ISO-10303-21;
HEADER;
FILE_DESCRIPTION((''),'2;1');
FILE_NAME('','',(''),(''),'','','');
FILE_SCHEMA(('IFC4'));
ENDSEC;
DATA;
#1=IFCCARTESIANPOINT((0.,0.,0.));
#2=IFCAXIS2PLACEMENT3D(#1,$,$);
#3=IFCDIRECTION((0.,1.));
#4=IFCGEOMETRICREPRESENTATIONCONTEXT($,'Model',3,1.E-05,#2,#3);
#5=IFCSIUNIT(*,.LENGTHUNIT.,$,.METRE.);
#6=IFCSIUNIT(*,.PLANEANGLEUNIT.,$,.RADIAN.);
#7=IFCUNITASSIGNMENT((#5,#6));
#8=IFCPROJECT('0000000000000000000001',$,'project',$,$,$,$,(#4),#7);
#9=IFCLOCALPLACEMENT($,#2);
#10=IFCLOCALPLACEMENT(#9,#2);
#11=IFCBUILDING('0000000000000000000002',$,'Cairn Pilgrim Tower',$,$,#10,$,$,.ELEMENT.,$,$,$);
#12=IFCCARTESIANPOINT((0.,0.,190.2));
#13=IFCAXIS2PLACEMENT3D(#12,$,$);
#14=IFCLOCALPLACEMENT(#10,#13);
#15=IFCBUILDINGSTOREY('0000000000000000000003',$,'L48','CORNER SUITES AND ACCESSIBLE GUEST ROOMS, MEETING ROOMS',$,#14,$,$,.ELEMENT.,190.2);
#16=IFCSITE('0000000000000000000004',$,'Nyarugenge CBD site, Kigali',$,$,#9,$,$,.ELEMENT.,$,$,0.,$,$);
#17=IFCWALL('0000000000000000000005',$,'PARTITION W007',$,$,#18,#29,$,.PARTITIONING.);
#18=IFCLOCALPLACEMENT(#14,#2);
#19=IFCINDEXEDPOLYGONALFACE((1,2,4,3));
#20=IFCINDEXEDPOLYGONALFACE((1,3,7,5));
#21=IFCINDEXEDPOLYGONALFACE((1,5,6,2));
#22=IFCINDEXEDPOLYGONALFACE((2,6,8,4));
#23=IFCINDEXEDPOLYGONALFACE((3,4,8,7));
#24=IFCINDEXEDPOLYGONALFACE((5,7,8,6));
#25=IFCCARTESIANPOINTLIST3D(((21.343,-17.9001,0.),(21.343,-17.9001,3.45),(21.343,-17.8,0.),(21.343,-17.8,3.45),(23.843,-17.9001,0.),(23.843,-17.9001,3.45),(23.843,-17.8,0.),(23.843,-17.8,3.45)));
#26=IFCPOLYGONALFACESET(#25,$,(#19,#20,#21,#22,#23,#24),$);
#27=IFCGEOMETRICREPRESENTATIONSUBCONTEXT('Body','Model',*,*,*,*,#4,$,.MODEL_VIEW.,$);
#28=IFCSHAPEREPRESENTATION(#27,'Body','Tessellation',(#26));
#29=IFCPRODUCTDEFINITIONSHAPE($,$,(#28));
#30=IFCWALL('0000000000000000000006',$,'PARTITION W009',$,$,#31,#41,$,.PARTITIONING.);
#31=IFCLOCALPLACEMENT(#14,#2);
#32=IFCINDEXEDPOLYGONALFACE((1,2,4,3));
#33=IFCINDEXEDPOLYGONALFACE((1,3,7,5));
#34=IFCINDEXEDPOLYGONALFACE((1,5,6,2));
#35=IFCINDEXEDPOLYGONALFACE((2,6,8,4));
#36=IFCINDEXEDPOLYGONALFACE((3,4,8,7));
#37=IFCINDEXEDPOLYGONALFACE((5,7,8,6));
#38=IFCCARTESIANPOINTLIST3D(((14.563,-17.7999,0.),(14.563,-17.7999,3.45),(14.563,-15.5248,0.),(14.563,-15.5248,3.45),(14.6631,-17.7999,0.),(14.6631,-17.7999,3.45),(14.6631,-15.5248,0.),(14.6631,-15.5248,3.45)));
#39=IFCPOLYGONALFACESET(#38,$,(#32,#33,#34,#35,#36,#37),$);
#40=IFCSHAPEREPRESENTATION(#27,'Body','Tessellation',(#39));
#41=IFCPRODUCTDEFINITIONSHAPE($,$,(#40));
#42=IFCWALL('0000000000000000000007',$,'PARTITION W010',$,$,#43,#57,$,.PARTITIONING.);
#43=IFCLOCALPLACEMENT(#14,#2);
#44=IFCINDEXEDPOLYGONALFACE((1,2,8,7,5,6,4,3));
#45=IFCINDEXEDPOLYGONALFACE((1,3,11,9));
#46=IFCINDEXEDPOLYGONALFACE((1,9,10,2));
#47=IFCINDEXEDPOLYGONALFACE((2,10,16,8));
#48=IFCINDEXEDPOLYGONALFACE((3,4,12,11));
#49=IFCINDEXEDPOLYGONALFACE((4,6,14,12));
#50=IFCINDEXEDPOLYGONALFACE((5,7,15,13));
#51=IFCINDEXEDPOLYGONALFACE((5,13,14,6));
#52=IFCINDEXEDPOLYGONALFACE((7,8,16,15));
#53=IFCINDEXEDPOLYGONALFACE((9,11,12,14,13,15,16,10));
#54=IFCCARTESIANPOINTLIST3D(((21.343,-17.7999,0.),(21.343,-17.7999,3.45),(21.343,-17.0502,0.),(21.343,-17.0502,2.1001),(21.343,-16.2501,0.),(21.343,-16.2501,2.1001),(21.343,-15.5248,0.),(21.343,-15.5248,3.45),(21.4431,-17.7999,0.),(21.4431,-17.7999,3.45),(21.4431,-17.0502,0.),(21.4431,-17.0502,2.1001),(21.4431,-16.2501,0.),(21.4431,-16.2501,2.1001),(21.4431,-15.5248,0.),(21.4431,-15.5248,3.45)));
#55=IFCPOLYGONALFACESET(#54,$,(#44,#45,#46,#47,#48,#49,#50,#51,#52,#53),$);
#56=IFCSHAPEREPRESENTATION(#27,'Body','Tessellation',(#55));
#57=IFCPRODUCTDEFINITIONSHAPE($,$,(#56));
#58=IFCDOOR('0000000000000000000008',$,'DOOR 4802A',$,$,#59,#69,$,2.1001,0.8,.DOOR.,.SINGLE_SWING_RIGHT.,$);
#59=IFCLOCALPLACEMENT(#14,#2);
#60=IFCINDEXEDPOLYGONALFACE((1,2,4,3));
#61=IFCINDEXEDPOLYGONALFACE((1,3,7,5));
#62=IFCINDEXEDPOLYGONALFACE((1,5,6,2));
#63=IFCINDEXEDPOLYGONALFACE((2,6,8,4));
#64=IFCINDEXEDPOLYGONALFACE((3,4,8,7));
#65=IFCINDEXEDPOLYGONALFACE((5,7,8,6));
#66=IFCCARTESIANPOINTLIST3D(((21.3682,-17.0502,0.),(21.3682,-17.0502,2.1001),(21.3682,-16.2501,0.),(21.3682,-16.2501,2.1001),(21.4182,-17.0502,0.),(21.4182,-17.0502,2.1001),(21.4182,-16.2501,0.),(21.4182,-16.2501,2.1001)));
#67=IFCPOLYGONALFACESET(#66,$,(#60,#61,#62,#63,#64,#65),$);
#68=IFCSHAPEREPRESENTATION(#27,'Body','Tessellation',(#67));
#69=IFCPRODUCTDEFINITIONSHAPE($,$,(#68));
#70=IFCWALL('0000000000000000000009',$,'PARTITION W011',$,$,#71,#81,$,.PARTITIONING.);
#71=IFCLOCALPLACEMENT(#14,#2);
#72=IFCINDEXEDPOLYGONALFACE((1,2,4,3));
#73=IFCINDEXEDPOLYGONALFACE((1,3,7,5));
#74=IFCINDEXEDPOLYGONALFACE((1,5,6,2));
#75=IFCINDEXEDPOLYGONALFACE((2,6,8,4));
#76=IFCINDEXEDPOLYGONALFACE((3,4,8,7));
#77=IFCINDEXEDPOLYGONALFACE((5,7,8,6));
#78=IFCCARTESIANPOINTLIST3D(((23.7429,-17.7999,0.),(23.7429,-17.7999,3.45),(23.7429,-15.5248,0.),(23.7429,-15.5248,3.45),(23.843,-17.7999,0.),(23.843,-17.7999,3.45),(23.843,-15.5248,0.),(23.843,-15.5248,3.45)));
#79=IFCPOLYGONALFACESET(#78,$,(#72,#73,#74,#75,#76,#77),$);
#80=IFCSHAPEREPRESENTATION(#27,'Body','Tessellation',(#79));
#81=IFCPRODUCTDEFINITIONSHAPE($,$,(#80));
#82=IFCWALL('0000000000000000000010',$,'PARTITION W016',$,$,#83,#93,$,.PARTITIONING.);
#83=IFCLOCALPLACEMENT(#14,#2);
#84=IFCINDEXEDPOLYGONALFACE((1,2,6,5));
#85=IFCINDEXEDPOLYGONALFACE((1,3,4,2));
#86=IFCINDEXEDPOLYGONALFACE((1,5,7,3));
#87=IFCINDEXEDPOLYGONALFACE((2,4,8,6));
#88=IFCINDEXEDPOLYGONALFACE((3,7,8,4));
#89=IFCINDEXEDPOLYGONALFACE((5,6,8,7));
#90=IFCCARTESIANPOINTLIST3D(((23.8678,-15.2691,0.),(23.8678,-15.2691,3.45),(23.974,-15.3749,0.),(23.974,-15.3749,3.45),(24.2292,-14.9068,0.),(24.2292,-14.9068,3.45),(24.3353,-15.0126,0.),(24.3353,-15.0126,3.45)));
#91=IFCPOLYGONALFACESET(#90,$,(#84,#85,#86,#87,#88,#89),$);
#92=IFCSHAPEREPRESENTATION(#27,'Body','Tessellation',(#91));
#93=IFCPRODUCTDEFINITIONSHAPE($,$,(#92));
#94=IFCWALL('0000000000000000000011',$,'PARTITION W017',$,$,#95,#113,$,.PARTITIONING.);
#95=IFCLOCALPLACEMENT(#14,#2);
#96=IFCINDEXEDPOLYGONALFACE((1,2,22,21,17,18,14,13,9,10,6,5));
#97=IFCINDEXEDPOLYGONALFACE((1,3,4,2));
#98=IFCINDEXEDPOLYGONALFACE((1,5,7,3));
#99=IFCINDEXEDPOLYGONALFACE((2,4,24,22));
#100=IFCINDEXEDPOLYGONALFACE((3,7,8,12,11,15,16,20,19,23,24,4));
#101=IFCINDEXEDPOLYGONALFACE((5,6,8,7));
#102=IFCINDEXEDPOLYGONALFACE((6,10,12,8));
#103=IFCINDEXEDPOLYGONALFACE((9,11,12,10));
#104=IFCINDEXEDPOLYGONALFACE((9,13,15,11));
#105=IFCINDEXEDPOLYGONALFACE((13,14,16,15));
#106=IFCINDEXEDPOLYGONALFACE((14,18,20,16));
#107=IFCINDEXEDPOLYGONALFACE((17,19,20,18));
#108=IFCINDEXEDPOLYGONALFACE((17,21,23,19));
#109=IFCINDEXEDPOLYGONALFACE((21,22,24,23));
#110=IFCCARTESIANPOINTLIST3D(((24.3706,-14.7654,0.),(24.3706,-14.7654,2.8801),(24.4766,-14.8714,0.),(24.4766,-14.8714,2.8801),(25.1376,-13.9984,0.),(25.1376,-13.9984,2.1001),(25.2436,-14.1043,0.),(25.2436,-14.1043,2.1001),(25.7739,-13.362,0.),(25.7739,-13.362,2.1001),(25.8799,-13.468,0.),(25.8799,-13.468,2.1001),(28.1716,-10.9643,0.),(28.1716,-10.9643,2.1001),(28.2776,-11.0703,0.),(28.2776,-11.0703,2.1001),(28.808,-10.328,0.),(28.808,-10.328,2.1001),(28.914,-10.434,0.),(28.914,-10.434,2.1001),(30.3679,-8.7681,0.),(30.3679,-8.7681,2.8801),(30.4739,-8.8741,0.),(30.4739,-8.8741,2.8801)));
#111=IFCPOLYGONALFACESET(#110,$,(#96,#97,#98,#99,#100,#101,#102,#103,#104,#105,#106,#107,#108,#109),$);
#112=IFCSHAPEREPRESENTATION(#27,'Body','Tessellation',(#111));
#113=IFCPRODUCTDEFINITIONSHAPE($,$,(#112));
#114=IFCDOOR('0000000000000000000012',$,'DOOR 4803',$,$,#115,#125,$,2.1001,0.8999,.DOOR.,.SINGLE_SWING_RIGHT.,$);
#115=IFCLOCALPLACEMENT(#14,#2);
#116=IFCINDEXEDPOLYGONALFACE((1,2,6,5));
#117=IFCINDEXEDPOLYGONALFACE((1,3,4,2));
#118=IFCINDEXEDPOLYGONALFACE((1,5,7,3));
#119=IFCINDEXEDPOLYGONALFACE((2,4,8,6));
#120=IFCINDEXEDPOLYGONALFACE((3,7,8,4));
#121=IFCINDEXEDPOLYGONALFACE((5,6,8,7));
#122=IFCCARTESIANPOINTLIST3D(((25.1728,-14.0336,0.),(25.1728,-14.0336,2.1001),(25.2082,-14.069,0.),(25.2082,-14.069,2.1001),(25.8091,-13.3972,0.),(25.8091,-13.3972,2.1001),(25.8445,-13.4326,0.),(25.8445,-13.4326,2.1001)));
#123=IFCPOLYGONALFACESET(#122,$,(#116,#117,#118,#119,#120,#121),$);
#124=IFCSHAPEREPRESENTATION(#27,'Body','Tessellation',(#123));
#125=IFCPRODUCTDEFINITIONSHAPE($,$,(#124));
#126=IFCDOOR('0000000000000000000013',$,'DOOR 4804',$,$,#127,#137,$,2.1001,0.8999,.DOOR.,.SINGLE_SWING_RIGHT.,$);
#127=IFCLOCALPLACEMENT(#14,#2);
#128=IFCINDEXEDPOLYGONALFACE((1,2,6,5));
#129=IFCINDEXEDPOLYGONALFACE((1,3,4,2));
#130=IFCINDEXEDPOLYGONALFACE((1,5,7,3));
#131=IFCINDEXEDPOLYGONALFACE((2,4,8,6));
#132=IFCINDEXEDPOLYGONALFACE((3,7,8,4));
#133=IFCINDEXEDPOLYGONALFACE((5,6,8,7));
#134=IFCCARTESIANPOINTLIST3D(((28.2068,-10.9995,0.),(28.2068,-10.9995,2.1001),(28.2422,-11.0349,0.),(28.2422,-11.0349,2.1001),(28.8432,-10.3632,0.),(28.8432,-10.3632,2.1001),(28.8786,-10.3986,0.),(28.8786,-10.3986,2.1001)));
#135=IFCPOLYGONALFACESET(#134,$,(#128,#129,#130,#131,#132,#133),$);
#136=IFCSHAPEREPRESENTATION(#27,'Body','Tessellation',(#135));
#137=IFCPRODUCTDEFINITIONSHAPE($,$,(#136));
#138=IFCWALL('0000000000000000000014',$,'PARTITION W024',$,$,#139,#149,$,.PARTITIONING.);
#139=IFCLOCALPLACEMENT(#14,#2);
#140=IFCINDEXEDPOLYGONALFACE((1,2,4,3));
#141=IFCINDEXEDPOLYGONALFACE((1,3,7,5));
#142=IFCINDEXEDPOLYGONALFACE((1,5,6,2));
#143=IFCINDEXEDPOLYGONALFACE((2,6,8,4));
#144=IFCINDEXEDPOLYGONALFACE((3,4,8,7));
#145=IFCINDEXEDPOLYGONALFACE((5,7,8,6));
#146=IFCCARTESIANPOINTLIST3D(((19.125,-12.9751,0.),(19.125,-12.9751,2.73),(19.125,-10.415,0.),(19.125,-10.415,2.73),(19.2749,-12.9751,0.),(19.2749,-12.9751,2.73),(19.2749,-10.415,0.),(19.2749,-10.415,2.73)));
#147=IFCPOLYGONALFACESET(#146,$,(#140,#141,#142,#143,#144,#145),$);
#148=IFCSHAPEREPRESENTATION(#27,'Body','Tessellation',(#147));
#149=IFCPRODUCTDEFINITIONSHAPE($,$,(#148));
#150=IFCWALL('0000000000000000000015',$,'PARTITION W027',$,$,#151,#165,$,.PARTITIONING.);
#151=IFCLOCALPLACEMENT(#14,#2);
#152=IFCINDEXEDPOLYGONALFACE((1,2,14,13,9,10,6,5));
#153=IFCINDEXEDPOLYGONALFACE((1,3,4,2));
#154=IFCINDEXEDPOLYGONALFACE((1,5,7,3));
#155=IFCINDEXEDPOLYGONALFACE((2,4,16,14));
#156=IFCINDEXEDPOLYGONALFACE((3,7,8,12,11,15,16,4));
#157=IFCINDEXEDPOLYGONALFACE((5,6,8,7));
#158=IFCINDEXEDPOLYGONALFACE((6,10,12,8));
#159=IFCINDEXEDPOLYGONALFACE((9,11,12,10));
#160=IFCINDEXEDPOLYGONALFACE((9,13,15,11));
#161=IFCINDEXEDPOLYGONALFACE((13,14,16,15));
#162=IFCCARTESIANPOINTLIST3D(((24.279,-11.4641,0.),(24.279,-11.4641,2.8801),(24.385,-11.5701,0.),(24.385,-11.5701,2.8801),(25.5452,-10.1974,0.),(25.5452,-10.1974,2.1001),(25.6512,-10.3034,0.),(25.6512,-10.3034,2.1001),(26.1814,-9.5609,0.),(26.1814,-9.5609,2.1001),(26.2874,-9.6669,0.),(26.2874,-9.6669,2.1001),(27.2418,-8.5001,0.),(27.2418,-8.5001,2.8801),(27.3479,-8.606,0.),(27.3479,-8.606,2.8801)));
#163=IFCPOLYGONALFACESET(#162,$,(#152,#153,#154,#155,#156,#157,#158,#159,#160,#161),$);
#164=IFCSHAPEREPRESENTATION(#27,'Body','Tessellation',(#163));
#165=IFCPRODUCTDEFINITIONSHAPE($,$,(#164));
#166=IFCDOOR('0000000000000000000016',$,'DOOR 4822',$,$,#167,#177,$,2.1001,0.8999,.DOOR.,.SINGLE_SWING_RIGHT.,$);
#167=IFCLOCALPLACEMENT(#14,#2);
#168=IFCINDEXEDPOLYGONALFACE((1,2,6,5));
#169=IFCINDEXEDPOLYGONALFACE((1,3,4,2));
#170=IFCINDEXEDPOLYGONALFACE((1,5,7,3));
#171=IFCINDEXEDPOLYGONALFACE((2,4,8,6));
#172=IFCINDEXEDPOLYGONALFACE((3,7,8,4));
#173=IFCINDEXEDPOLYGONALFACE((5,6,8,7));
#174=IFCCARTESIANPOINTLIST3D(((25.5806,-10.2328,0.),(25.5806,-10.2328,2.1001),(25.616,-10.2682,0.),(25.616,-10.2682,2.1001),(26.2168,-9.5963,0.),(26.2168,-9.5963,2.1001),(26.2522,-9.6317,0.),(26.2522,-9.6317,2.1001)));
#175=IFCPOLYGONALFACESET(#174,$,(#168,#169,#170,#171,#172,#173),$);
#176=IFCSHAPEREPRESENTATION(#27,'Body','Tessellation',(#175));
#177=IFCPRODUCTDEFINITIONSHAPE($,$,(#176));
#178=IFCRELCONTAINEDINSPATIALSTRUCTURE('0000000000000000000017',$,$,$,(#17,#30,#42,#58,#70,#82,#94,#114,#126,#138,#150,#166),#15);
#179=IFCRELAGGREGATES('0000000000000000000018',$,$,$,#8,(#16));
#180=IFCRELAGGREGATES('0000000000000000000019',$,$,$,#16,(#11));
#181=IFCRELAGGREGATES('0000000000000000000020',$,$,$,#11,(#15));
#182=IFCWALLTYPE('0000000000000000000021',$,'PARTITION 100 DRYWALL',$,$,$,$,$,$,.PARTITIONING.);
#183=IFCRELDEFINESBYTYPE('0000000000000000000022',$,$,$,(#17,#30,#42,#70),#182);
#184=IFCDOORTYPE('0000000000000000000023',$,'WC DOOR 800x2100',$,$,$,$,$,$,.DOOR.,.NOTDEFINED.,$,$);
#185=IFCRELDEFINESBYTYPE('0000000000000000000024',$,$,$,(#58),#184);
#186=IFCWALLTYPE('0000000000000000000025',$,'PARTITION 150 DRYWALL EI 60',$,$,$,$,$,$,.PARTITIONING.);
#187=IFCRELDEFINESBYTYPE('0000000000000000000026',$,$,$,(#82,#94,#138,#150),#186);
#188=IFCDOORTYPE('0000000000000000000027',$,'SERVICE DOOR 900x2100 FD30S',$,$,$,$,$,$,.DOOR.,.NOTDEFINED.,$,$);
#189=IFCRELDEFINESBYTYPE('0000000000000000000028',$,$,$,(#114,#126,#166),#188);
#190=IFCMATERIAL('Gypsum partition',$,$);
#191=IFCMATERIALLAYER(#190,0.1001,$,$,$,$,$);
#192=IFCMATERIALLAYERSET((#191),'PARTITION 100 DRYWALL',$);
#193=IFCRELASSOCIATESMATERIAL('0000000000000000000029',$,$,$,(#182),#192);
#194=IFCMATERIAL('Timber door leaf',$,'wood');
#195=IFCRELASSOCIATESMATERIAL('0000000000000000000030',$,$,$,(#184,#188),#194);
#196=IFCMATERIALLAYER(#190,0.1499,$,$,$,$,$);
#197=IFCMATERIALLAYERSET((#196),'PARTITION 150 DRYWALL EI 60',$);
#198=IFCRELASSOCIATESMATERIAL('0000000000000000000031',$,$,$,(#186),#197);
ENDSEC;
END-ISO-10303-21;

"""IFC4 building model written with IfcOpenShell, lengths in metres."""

from ifc_helpers import new_model, si_unit, direction, frame, frame_2d, origin, place, context, subcontext, project, spatial, rectangle, extrude, material, layer, layer_set, type_object, element, fill, save


model = new_model("IFC4")

# Units and contexts
model_context = context("Model", 3, precision=1e-05, world=origin(), true_north=direction((0.0, 1.0)))
body_context = subcontext(model_context, "Body", "Model", "MODEL_VIEW")
ifc_project = project(units=[si_unit("LENGTHUNIT", "METRE"), si_unit("PLANEANGLEUNIT", "RADIAN")], contexts=[model_context])

# Site, building, storey
site_placement = place(None, origin())
site = spatial("IfcSite", under=ifc_project, at=site_placement, Name="Nyarugenge CBD site, Kigali", CompositionType="ELEMENT", RefElevation=0.0)
building_placement = place(site_placement, origin())
building = spatial("IfcBuilding", under=site, at=building_placement, Name="Cairn Pilgrim Tower", CompositionType="ELEMENT")
storey_placement = place(building_placement, frame((0.0, 0.0, 190.2)))
storey = spatial("IfcBuildingStorey", under=building, at=storey_placement, Name="L48", Description="CORNER SUITES AND ACCESSIBLE GUEST ROOMS, MEETING ROOMS", CompositionType="ELEMENT", Elevation=190.2)

# Shared definitions
ifc_material_1 = material(Name="Gypsum partition")
ifc_layer_1 = layer(ifc_material_1, 0.1001)
ifc_layer_set_1 = layer_set([ifc_layer_1], Name="PARTITION 100 DRYWALL")
wall_type_1 = type_object("IfcWallType", Name="PARTITION 100 DRYWALL", PredefinedType="PARTITIONING", material=ifc_layer_set_1)
ifc_material_2 = material(Name="Timber door leaf", Category="wood")

# Walls
wall_1_placement = place(storey_placement, frame((21.343, -17.8501, 0.0), z_axis=(0.0, 0.0, 1.0), x_axis=(1.0, 0.0, 0.0)))
element("IfcWall", 1, at=wall_1_placement, inside=storey, type_object=wall_type_1, Name="PARTITION W007", PredefinedType="PARTITIONING", context=body_context, shape_type="SweptSolid", body=[
    extrude(rectangle(XDim=2.5, YDim=0.1001, at=frame_2d((1.25, 0.0))), origin(), (0.0, 0.0, 1.0), 3.45),
])
wall_2_placement = place(storey_placement, frame((14.613, -17.8, 0.0), z_axis=(0.0, 0.0, 1.0), x_axis=(0.0, 1.0, 0.0)))
element("IfcWall", 2, at=wall_2_placement, inside=storey, type_object=wall_type_1, Name="PARTITION W009", PredefinedType="PARTITIONING", context=body_context, shape_type="SweptSolid", body=[
    extrude(rectangle(XDim=2.2751, YDim=0.1001, at=frame_2d((1.1377, 0.0))), origin(), (0.0, 0.0, 1.0), 3.45),
])

# Wall, opening, door
wall_3_placement = place(storey_placement, frame((21.3931, -17.8, 0.0), z_axis=(0.0, 0.0, 1.0), x_axis=(0.0, 1.0, 0.0)))
wall_3 = element("IfcWall", 3, at=wall_3_placement, inside=storey, type_object=wall_type_1, Name="PARTITION W010", PredefinedType="PARTITIONING", context=body_context, shape_type="SweptSolid", body=[
    extrude(rectangle(XDim=2.2751, YDim=0.1001, at=frame_2d((1.1377, 0.0))), origin(), (0.0, 0.0, 1.0), 3.45),
])
opening_1_placement = place(wall_3_placement, frame((0.75, 0.0, 0.0)))
opening_1 = element("IfcOpeningElement", 4, at=opening_1_placement, cuts=wall_3, PredefinedType="OPENING", context=body_context, shape_type="SweptSolid", body=[
    extrude(rectangle(XDim=0.8, YDim=2.1001, at=frame_2d((0.3999, 1.05))), frame((0.0, 0.0601, 0.0), z_axis=(0.0, -1.0, 0.0), x_axis=(1.0, 0.0, 0.0)), (0.0, 0.0, 1.0), 0.1201),
])
door_type_1 = type_object("IfcDoorType", Name="WC DOOR 800x2100", OperationType="NOTDEFINED", PredefinedType="DOOR", material=ifc_material_2)
door_1_placement = place(opening_1_placement, origin())
door_1 = element("IfcDoor", 5, at=door_1_placement, inside=storey, type_object=door_type_1, Name="DOOR 4802A", OperationType="SINGLE_SWING_RIGHT", OverallHeight=2.1001, OverallWidth=0.8, PredefinedType="DOOR", context=body_context, shape_type="SweptSolid", body=[
    extrude(rectangle(XDim=0.8, YDim=2.1001, at=frame_2d((0.3999, 1.05))), frame((0.0, 0.0249, 0.0), z_axis=(0.0, -1.0, 0.0), x_axis=(1.0, 0.0, 0.0)), (0.0, 0.0, 1.0), 0.05),
])
fill(opening_1, door_1)

# Walls
wall_4_placement = place(storey_placement, frame((23.793, -17.8, 0.0), z_axis=(0.0, 0.0, 1.0), x_axis=(0.0, 1.0, 0.0)))
element("IfcWall", 6, at=wall_4_placement, inside=storey, type_object=wall_type_1, Name="PARTITION W011", PredefinedType="PARTITIONING", context=body_context, shape_type="SweptSolid", body=[
    extrude(rectangle(XDim=2.2751, YDim=0.1001, at=frame_2d((1.1377, 0.0))), origin(), (0.0, 0.0, 1.0), 3.45),
])
ifc_layer_2 = layer(ifc_material_1, 0.1499)
ifc_layer_set_2 = layer_set([ifc_layer_2], Name="PARTITION 150 DRYWALL EI 60")
wall_type_2 = type_object("IfcWallType", Name="PARTITION 150 DRYWALL EI 60", PredefinedType="PARTITIONING", material=ifc_layer_set_2)
wall_5_placement = place(storey_placement, frame((23.9209, -15.322, 0.0), z_axis=(0.0, 0.0, 1.0), x_axis=(0.706152, 0.70806, 0.0)))
element("IfcWall", 7, at=wall_5_placement, inside=storey, type_object=wall_type_2, Name="PARTITION W016", PredefinedType="PARTITIONING", context=body_context, shape_type="SweptSolid", body=[
    extrude(rectangle(XDim=0.5117, YDim=0.1499, at=frame_2d((0.2559, 0.0))), origin(), (0.0, 0.0, 1.0), 3.45),
])

# Wall, openings, doors
wall_6_placement = place(storey_placement, frame((24.4236, -14.8184, 0.0), z_axis=(0.0, 0.0, 1.0), x_axis=(0.707107, 0.707107, 0.0)))
wall_6 = element("IfcWall", 8, at=wall_6_placement, inside=storey, type_object=wall_type_2, Name="PARTITION W017", PredefinedType="PARTITIONING", context=body_context, shape_type="SweptSolid", body=[
    extrude(rectangle(XDim=8.4814, YDim=0.1499, at=frame_2d((4.2407, 0.0))), origin(), (0.0, 0.0, 1.0), 2.8801),
])
opening_2_placement = place(wall_6_placement, frame((1.0847, 0.0, 0.0)))
opening_2 = element("IfcOpeningElement", 9, at=opening_2_placement, cuts=wall_6, PredefinedType="OPENING", context=body_context, shape_type="SweptSolid", body=[
    extrude(rectangle(XDim=0.8999, YDim=2.1001, at=frame_2d((0.45, 1.05))), frame((0.0, 0.085, 0.0), z_axis=(0.0, -1.0, 0.0), x_axis=(1.0, 0.0, 0.0)), (0.0, 0.0, 1.0), 0.1699),
])
opening_3_placement = place(wall_6_placement, frame((5.3755, 0.0, 0.0)))
opening_3 = element("IfcOpeningElement", 10, at=opening_3_placement, cuts=wall_6, PredefinedType="OPENING", context=body_context, shape_type="SweptSolid", body=[
    extrude(rectangle(XDim=0.8999, YDim=2.1001, at=frame_2d((0.45, 1.05))), frame((0.0, 0.085, 0.0), z_axis=(0.0, -1.0, 0.0), x_axis=(1.0, 0.0, 0.0)), (0.0, 0.0, 1.0), 0.1699),
])
door_type_2 = type_object("IfcDoorType", Name="SERVICE DOOR 900x2100 FD30S", OperationType="NOTDEFINED", PredefinedType="DOOR", material=ifc_material_2)
door_2_placement = place(opening_2_placement, frame((0.8999, 0.0, 0.0), z_axis=(0.0, 0.0, 1.0), x_axis=(-1.0, 0.0, 0.0)))
door_2 = element("IfcDoor", 11, at=door_2_placement, inside=storey, type_object=door_type_2, Name="DOOR 4803", OperationType="SINGLE_SWING_RIGHT", OverallHeight=2.1001, OverallWidth=0.8999, PredefinedType="DOOR", context=body_context, shape_type="SweptSolid", body=[
    extrude(rectangle(XDim=0.8999, YDim=2.1001, at=frame_2d((0.45, 1.05))), frame((0.0, 0.0249, 0.0), z_axis=(0.0, -1.0, 0.0), x_axis=(1.0, 0.0, 0.0)), (0.0, 0.0, 1.0), 0.05),
])
fill(opening_2, door_2)
door_3_placement = place(opening_3_placement, frame((0.8999, 0.0, 0.0), z_axis=(0.0, 0.0, 1.0), x_axis=(-1.0, 0.0, 0.0)))
door_3 = element("IfcDoor", 12, at=door_3_placement, inside=storey, type_object=door_type_2, Name="DOOR 4804", OperationType="SINGLE_SWING_RIGHT", OverallHeight=2.1001, OverallWidth=0.8999, PredefinedType="DOOR", context=body_context, shape_type="SweptSolid", body=[
    extrude(rectangle(XDim=0.8999, YDim=2.1001, at=frame_2d((0.45, 1.05))), frame((0.0, 0.0249, 0.0), z_axis=(0.0, -1.0, 0.0), x_axis=(1.0, 0.0, 0.0)), (0.0, 0.0, 1.0), 0.05),
])
fill(opening_3, door_3)

# Wall
wall_7_placement = place(storey_placement, frame((19.2, -12.9751, 0.0), z_axis=(0.0, 0.0, 1.0), x_axis=(0.0, 1.0, 0.0)))
element("IfcWall", 13, at=wall_7_placement, inside=storey, type_object=wall_type_2, Name="PARTITION W024", PredefinedType="PARTITIONING", context=body_context, shape_type="SweptSolid", body=[
    extrude(rectangle(XDim=2.5601, YDim=0.1499, at=frame_2d((1.28, 0.0))), origin(), (0.0, 0.0, 1.0), 2.73),
])

# Wall, opening, door
wall_8_placement = place(storey_placement, frame((24.332, -11.5171, 0.0), z_axis=(0.0, 0.0, 1.0), x_axis=(0.706961, 0.707252, 0.0)))
wall_8 = element("IfcWall", 14, at=wall_8_placement, inside=storey, type_object=wall_type_2, Name="PARTITION W027", PredefinedType="PARTITIONING", context=body_context, shape_type="SweptSolid", body=[
    extrude(rectangle(XDim=4.1909, YDim=0.1499, at=frame_2d((2.0955, 0.0))), origin(), (0.0, 0.0, 1.0), 2.8801),
])
opening_4_placement = place(wall_8_placement, frame((1.791, 0.0, 0.0)))
opening_4 = element("IfcOpeningElement", 15, at=opening_4_placement, cuts=wall_8, PredefinedType="OPENING", context=body_context, shape_type="SweptSolid", body=[
    extrude(rectangle(XDim=0.8999, YDim=2.1001, at=frame_2d((0.45, 1.05))), frame((0.0, 0.085, 0.0), z_axis=(0.0, -1.0, 0.0), x_axis=(1.0, 0.0, 0.0)), (0.0, 0.0, 1.0), 0.1699),
])
door_4_placement = place(opening_4_placement, origin())
door_4 = element("IfcDoor", 16, at=door_4_placement, inside=storey, type_object=door_type_2, Name="DOOR 4822", OperationType="SINGLE_SWING_RIGHT", OverallHeight=2.1001, OverallWidth=0.8999, PredefinedType="DOOR", context=body_context, shape_type="SweptSolid", body=[
    extrude(rectangle(XDim=0.8999, YDim=2.1001, at=frame_2d((0.45, 1.05))), frame((0.0, 0.0249, 0.0), z_axis=(0.0, -1.0, 0.0), x_axis=(1.0, 0.0, 0.0)), (0.0, 0.0, 1.0), 0.05),
])
fill(opening_4, door_4)

save(model, "model.ifc")
